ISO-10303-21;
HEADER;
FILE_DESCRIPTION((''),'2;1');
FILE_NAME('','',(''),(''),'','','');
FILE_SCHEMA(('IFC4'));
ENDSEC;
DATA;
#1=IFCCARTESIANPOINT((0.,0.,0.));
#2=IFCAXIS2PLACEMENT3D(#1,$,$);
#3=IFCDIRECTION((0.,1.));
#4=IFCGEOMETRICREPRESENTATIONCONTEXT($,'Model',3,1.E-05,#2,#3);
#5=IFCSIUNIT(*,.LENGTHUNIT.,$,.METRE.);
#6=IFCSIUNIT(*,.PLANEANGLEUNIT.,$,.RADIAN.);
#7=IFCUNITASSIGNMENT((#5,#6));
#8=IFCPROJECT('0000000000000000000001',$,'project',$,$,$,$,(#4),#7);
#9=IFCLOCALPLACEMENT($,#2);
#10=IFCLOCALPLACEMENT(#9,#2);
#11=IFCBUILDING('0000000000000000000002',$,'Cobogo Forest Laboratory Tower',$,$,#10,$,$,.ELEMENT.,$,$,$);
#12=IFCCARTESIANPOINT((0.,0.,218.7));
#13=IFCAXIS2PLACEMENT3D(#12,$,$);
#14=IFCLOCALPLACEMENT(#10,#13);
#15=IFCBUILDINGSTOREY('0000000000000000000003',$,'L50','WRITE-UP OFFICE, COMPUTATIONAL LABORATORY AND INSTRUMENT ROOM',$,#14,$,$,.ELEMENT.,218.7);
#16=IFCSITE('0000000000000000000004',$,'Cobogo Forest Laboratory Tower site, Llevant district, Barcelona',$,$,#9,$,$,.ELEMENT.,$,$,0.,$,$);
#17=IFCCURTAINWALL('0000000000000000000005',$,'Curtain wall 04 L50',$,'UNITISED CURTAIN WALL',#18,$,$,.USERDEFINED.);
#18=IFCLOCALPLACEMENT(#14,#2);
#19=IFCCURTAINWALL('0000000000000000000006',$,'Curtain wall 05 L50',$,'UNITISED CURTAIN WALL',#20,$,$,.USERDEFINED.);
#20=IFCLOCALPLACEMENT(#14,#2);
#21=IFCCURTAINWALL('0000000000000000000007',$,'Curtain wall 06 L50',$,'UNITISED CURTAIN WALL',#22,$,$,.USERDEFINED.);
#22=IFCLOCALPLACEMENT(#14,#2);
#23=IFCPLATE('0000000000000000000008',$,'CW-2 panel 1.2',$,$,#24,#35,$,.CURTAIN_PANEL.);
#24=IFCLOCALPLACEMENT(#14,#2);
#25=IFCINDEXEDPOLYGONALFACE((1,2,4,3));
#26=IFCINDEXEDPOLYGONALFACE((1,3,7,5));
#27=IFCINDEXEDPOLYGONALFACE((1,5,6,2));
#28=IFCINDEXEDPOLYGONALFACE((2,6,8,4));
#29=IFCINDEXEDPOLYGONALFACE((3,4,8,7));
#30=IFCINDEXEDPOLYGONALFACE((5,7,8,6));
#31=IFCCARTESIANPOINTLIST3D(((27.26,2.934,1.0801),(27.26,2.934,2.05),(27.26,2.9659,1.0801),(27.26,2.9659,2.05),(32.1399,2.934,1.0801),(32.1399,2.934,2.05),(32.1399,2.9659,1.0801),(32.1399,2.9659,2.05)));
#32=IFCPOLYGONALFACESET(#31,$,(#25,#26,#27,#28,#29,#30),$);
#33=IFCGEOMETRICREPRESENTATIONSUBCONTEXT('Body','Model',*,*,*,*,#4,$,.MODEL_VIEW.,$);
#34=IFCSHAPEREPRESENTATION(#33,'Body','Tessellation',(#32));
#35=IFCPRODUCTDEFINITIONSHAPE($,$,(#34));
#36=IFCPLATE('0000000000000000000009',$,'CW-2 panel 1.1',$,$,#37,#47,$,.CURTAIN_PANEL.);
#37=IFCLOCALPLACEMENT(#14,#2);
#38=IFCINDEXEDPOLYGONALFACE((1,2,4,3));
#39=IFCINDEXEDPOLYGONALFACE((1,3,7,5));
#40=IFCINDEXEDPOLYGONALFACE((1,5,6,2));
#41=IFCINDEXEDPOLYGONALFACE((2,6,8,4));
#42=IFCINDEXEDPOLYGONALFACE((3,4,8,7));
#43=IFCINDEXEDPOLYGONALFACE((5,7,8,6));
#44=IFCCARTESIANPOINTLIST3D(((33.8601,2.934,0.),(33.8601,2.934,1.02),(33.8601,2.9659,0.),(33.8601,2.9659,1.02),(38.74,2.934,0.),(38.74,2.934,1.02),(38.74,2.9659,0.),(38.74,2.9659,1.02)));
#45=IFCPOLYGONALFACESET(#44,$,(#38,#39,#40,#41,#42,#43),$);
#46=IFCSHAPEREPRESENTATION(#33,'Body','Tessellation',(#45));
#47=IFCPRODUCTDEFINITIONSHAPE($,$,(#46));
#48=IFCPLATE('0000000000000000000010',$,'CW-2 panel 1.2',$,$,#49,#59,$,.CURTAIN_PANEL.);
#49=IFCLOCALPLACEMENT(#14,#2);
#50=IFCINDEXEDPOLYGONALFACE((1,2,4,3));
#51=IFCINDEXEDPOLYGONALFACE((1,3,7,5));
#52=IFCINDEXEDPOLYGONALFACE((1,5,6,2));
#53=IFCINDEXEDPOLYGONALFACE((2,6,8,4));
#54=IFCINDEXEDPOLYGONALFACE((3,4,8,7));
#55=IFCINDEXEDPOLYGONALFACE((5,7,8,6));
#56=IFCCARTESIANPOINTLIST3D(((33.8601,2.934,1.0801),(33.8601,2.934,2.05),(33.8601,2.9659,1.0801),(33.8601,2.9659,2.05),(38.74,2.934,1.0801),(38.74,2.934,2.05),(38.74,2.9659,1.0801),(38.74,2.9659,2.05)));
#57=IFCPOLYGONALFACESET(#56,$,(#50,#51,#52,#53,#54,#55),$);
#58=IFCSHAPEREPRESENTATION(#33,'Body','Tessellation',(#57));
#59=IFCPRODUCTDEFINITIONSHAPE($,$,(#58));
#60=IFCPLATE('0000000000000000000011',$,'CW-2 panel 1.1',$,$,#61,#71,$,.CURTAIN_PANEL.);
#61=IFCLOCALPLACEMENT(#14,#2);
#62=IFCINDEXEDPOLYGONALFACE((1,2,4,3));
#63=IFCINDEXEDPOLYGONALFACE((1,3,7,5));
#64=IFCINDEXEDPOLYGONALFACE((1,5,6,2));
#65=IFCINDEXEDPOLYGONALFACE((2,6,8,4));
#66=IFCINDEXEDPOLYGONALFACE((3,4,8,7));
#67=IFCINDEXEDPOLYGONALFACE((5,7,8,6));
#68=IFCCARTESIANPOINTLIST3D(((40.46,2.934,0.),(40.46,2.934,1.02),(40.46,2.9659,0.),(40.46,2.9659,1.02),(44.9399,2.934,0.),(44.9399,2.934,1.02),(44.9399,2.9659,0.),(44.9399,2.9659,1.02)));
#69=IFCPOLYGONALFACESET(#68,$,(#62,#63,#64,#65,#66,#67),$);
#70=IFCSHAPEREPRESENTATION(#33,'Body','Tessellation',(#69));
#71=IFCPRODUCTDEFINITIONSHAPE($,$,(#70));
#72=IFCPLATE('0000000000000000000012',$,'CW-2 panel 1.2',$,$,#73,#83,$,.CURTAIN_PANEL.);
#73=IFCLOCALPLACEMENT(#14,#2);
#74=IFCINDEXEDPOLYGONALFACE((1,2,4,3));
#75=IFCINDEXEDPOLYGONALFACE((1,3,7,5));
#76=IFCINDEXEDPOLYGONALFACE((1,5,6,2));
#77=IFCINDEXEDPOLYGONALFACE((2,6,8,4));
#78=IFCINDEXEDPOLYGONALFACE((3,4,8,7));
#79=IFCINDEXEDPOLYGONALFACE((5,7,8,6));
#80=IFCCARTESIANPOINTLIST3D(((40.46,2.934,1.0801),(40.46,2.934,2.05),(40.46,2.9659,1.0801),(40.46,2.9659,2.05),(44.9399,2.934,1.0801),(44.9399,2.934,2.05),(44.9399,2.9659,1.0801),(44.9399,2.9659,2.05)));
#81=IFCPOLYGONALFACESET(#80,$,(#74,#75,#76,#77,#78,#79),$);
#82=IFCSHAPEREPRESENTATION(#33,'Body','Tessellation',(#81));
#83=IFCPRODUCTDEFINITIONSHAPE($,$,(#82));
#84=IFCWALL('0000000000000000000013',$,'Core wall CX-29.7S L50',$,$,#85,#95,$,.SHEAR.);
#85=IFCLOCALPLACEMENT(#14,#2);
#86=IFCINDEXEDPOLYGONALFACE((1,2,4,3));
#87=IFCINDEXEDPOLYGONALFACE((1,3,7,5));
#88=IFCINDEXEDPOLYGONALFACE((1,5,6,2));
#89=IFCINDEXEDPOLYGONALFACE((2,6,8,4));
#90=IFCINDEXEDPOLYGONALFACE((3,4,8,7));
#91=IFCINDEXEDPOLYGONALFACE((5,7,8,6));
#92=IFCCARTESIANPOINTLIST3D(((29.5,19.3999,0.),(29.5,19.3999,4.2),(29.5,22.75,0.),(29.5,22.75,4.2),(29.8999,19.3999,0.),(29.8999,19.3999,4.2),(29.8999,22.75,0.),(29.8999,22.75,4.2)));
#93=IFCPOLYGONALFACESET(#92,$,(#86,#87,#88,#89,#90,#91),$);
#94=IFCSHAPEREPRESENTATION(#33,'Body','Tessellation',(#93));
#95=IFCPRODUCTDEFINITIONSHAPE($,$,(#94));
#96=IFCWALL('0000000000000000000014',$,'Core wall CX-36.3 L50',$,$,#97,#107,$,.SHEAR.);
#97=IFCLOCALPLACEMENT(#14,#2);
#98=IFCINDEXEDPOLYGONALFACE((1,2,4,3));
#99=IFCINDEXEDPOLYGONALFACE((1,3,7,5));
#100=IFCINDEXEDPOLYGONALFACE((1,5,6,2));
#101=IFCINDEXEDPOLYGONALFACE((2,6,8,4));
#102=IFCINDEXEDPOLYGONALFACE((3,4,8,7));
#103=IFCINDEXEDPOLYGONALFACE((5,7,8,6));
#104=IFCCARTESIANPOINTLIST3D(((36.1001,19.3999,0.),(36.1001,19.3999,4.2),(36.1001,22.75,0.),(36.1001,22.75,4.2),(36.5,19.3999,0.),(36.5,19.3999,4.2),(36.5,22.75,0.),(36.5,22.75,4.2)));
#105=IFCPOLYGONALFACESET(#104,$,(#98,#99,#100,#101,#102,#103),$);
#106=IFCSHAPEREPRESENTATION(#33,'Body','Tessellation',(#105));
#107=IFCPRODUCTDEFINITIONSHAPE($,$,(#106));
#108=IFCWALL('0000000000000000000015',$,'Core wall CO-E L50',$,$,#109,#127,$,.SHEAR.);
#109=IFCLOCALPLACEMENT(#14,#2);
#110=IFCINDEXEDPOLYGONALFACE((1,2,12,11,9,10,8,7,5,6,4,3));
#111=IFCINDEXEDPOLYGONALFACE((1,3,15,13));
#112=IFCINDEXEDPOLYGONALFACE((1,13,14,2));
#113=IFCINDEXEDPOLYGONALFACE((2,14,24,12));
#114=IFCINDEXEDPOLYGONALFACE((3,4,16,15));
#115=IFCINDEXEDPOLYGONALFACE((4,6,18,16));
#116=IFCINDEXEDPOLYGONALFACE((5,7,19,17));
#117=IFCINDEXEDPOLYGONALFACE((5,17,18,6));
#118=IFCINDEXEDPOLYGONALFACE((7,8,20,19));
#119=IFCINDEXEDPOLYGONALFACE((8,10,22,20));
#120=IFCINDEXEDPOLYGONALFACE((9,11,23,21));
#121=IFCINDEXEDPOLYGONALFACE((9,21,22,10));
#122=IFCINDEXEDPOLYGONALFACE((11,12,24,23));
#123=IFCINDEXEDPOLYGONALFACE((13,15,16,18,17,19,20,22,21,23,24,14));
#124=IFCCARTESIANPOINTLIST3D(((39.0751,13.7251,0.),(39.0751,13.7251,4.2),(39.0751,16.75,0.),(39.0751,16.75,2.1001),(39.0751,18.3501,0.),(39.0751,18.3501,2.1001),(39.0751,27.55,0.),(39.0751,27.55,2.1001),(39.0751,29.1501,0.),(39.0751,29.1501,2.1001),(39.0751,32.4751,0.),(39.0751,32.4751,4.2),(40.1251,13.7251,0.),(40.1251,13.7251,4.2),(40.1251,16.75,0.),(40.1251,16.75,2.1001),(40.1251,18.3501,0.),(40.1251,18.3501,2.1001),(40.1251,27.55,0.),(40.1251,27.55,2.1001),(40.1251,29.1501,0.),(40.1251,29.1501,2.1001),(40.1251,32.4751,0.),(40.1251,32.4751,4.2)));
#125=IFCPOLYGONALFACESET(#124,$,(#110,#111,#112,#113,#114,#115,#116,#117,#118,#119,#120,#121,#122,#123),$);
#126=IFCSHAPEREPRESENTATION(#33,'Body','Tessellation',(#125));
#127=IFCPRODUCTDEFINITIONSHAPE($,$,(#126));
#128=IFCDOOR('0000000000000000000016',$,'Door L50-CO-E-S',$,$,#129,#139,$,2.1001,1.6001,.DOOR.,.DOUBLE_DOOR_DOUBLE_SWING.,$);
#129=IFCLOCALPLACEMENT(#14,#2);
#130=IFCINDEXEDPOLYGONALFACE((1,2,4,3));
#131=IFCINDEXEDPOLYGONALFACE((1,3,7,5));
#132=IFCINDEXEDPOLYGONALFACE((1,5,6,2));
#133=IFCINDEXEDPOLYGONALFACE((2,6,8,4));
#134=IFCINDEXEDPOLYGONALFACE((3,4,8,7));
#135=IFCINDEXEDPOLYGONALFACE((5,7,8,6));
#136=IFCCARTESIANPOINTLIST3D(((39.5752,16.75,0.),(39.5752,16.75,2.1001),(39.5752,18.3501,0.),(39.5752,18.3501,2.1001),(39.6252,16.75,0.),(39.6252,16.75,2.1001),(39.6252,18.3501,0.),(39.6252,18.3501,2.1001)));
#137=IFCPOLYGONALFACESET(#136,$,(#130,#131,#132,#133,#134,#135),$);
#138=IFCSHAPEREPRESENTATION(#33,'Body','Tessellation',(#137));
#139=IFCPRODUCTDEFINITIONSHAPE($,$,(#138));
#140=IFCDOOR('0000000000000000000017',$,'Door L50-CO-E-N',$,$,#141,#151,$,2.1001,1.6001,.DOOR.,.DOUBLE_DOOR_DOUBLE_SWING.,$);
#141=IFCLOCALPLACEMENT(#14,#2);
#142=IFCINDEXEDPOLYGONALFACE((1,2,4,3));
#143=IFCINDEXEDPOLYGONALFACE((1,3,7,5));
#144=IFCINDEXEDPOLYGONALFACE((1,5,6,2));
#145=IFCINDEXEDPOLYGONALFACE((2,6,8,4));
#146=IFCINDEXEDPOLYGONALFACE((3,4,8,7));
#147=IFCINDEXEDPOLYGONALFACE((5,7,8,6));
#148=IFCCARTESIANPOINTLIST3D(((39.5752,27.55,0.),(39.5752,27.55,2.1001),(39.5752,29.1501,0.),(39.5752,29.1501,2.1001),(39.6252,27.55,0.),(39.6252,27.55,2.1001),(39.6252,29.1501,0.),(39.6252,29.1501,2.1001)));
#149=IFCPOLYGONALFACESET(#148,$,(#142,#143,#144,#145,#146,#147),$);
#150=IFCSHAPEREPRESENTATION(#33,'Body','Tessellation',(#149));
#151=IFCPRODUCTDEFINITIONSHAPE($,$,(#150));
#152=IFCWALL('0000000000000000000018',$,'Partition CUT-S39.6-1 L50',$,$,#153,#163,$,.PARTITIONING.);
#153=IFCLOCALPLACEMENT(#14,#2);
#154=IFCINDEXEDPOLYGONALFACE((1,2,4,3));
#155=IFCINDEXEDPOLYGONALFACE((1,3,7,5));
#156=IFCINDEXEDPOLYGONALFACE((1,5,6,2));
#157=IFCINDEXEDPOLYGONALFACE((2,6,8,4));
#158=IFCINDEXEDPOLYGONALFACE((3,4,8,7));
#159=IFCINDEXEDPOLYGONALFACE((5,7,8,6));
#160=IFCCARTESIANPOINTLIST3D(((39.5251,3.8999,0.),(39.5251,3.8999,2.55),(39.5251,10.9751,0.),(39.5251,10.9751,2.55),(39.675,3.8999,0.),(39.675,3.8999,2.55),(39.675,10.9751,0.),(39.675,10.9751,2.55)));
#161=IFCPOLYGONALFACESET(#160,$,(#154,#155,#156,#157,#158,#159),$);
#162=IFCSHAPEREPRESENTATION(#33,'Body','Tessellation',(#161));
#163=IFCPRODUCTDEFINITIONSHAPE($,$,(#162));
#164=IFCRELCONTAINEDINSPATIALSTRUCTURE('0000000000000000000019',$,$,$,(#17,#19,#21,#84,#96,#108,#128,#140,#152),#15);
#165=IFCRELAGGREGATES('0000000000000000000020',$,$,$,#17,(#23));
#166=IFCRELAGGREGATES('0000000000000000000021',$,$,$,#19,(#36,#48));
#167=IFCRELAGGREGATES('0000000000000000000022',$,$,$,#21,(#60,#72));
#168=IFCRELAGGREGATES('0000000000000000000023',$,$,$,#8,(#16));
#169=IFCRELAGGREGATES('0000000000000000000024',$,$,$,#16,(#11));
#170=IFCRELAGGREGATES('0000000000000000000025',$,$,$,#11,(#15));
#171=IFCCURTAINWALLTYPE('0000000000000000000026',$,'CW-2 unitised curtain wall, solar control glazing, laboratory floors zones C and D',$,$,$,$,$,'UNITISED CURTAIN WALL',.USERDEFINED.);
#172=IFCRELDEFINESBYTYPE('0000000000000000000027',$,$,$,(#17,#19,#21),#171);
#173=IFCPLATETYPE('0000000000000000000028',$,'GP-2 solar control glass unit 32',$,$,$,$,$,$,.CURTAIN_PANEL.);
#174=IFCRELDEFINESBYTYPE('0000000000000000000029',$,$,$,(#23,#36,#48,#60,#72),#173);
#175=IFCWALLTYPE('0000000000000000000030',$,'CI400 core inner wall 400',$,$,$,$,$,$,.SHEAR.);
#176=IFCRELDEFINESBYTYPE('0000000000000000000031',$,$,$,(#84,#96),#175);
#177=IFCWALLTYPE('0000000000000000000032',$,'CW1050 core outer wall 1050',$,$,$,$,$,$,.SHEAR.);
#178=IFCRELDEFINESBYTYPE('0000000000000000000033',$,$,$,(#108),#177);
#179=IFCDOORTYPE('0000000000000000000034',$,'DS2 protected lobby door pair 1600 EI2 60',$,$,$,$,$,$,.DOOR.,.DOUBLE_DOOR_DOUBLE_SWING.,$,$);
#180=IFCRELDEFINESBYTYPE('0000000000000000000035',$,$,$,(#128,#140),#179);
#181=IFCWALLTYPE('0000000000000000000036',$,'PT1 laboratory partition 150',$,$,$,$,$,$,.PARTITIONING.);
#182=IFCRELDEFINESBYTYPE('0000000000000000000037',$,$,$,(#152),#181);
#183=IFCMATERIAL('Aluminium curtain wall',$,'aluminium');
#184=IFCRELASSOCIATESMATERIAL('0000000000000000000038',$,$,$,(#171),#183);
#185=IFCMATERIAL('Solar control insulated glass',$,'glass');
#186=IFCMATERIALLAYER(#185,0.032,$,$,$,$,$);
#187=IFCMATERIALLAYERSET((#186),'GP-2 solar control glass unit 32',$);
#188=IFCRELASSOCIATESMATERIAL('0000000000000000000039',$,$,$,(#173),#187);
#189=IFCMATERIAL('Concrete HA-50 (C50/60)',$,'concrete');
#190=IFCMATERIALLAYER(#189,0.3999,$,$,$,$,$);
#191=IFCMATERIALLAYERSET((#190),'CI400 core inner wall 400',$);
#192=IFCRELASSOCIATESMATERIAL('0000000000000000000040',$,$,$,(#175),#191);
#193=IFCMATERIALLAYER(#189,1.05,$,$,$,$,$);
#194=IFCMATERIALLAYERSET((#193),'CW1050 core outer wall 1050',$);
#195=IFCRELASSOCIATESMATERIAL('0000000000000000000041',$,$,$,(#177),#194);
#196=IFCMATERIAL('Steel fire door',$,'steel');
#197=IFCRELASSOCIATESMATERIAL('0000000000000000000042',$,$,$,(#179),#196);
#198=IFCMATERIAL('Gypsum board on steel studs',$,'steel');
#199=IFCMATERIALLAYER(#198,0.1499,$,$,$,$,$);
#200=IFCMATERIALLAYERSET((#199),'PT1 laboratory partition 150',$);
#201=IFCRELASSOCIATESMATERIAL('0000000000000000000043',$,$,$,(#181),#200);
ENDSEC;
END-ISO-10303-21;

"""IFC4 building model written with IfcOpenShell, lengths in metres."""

from ifc_helpers import new_model, si_unit, direction, frame, frame_2d, origin, origin_2d, place, context, subcontext, project, spatial, rectangle, extrude, material, layer, layer_set, type_object, element, fill, aggregate, save


model = new_model("IFC4")

# Units and contexts
model_context = context("Model", 3, precision=1e-05, world=origin(), true_north=direction((0.0, 1.0)))
body_context = subcontext(model_context, "Body", "Model", "MODEL_VIEW")
ifc_project = project(units=[si_unit("LENGTHUNIT", "METRE"), si_unit("PLANEANGLEUNIT", "RADIAN")], contexts=[model_context])

# Site, building, storey
site_placement = place(None, origin())
site = spatial("IfcSite", under=ifc_project, at=site_placement, Name="Cobogo Forest Laboratory Tower site, Llevant district, Barcelona", CompositionType="ELEMENT", RefElevation=0.0)
building_placement = place(site_placement, origin())
building = spatial("IfcBuilding", under=site, at=building_placement, Name="Cobogo Forest Laboratory Tower", CompositionType="ELEMENT")
storey_placement = place(building_placement, frame((0.0, 0.0, 218.7)))
storey = spatial("IfcBuildingStorey", under=building, at=storey_placement, Name="L50", Description="WRITE-UP OFFICE, COMPUTATIONAL LABORATORY AND INSTRUMENT ROOM", CompositionType="ELEMENT", Elevation=218.7)

# Shared definitions
ifc_material_1 = material(Name="Concrete HA-50 (C50/60)", Category="concrete")

# Curtain wall
ifc_material_2 = material(Name="Aluminium curtain wall", Category="aluminium")
curtain_wall_type = type_object("IfcCurtainWallType", Name="CW-2 unitised curtain wall, solar control glazing, laboratory floors zones C and D", ElementType="UNITISED CURTAIN WALL", PredefinedType="USERDEFINED", material=ifc_material_2)
curtain_wall_1_placement = place(storey_placement, origin())
curtain_wall_1 = element("IfcCurtainWall", 1, at=curtain_wall_1_placement, inside=storey, type_object=curtain_wall_type, Name="Curtain wall 04 L50", ObjectType="UNITISED CURTAIN WALL", PredefinedType="USERDEFINED")

# Curtain wall
curtain_wall_2_placement = place(storey_placement, origin())
curtain_wall_2 = element("IfcCurtainWall", 2, at=curtain_wall_2_placement, inside=storey, type_object=curtain_wall_type, Name="Curtain wall 05 L50", ObjectType="UNITISED CURTAIN WALL", PredefinedType="USERDEFINED")

# Curtain wall
curtain_wall_3_placement = place(storey_placement, origin())
curtain_wall_3 = element("IfcCurtainWall", 3, at=curtain_wall_3_placement, inside=storey, type_object=curtain_wall_type, Name="Curtain wall 06 L50", ObjectType="UNITISED CURTAIN WALL", PredefinedType="USERDEFINED")

# Plates
ifc_material_3 = material(Name="Solar control insulated glass", Category="glass")
ifc_layer_1 = layer(ifc_material_3, 0.032)
ifc_layer_set_1 = layer_set([ifc_layer_1], Name="GP-2 solar control glass unit 32")
plate_type_1 = type_object("IfcPlateType", Name="GP-2 solar control glass unit 32", PredefinedType="CURTAIN_PANEL", material=ifc_layer_set_1)
plate_1_placement = place(storey_placement, frame((29.7, 2.95, 1.0801), z_axis=(0.0, 0.0, 1.0), x_axis=(1.0, 0.0, 0.0)))
plate_1 = element("IfcPlate", 4, at=plate_1_placement, type_object=plate_type_1, Name="CW-2 panel 1.2", PredefinedType="CURTAIN_PANEL", context=body_context, shape_type="SweptSolid", body=[
    extrude(rectangle(XDim=4.8799, YDim=0.032, at=origin_2d()), origin(), (0.0, 0.0, 1.0), 0.97),
])
aggregate(curtain_wall_1, [plate_1])
plate_2_placement = place(storey_placement, frame((36.3, 2.95, 0.0), z_axis=(0.0, 0.0, 1.0), x_axis=(1.0, 0.0, 0.0)))
plate_2 = element("IfcPlate", 5, at=plate_2_placement, type_object=plate_type_1, Name="CW-2 panel 1.1", PredefinedType="CURTAIN_PANEL", context=body_context, shape_type="SweptSolid", body=[
    extrude(rectangle(XDim=4.8799, YDim=0.032, at=origin_2d()), origin(), (0.0, 0.0, 1.0), 1.02),
])
plate_3_placement = place(storey_placement, frame((36.3, 2.95, 1.0801), z_axis=(0.0, 0.0, 1.0), x_axis=(1.0, 0.0, 0.0)))
plate_3 = element("IfcPlate", 6, at=plate_3_placement, type_object=plate_type_1, Name="CW-2 panel 1.2", PredefinedType="CURTAIN_PANEL", context=body_context, shape_type="SweptSolid", body=[
    extrude(rectangle(XDim=4.8799, YDim=0.032, at=origin_2d()), origin(), (0.0, 0.0, 1.0), 0.97),
])
aggregate(curtain_wall_2, [plate_2, plate_3])
plate_4_placement = place(storey_placement, frame((42.7, 2.95, 0.0), z_axis=(0.0, 0.0, 1.0), x_axis=(1.0, 0.0, 0.0)))
plate_4 = element("IfcPlate", 7, at=plate_4_placement, type_object=plate_type_1, Name="CW-2 panel 1.1", PredefinedType="CURTAIN_PANEL", context=body_context, shape_type="SweptSolid", body=[
    extrude(rectangle(XDim=4.48, YDim=0.032, at=origin_2d()), origin(), (0.0, 0.0, 1.0), 1.02),
])
plate_5_placement = place(storey_placement, frame((42.7, 2.95, 1.0801), z_axis=(0.0, 0.0, 1.0), x_axis=(1.0, 0.0, 0.0)))
plate_5 = element("IfcPlate", 8, at=plate_5_placement, type_object=plate_type_1, Name="CW-2 panel 1.2", PredefinedType="CURTAIN_PANEL", context=body_context, shape_type="SweptSolid", body=[
    extrude(rectangle(XDim=4.48, YDim=0.032, at=origin_2d()), origin(), (0.0, 0.0, 1.0), 0.97),
])
aggregate(curtain_wall_3, [plate_4, plate_5])

# Walls
ifc_layer_2 = layer(ifc_material_1, 0.3999)
ifc_layer_set_2 = layer_set([ifc_layer_2], Name="CI400 core inner wall 400")
wall_type_1 = type_object("IfcWallType", Name="CI400 core inner wall 400", PredefinedType="SHEAR", material=ifc_layer_set_2)
for number, where, z_axis, x_axis, name in (
    (9, (29.7, 19.3999, 0.0), (0.0, 0.0, 1.0), (0.0, 1.0, 0.0), "Core wall CX-29.7S L50"),
    (10, (36.3, 19.3999, 0.0), (0.0, 0.0, 1.0), (0.0, 1.0, 0.0), "Core wall CX-36.3 L50"),
):
    element("IfcWall", number, at=place(storey_placement, frame(where, z_axis=z_axis, x_axis=x_axis)), inside=storey, type_object=wall_type_1, Name=name, PredefinedType="SHEAR", context=body_context, shape_type="SweptSolid", body=[
        extrude(rectangle(XDim=3.3501, YDim=0.3999, at=frame_2d((1.675, 0.0))), origin(), (0.0, 0.0, 1.0), 4.2),
    ])

# Wall, openings, doors
ifc_layer_3 = layer(ifc_material_1, 1.05)
ifc_layer_set_3 = layer_set([ifc_layer_3], Name="CW1050 core outer wall 1050")
wall_type_2 = type_object("IfcWallType", Name="CW1050 core outer wall 1050", PredefinedType="SHEAR", material=ifc_layer_set_3)
wall_1_placement = place(storey_placement, frame((39.6001, 13.7251, 0.0), z_axis=(0.0, 0.0, 1.0), x_axis=(0.0, 1.0, 0.0)))
wall_1 = element("IfcWall", 11, at=wall_1_placement, inside=storey, type_object=wall_type_2, Name="Core wall CO-E L50", PredefinedType="SHEAR", context=body_context, shape_type="SweptSolid", body=[
    extrude(rectangle(XDim=18.75, YDim=1.05, at=frame_2d((9.375, 0.0))), origin(), (0.0, 0.0, 1.0), 4.2),
])
opening_1_placement = place(wall_1_placement, frame((3.0249, 0.0, 0.0)))
opening_1 = element("IfcOpeningElement", 12, at=opening_1_placement, cuts=wall_1, PredefinedType="OPENING", context=body_context, shape_type="SweptSolid", body=[
    extrude(rectangle(XDim=1.6001, YDim=2.1001, at=frame_2d((0.8, 1.05))), frame((0.0, 0.5349, 0.0), z_axis=(0.0, -1.0, 0.0), x_axis=(1.0, 0.0, 0.0)), (0.0, 0.0, 1.0), 1.0701),
])
opening_2_placement = place(wall_1_placement, frame((13.825, 0.0, 0.0)))
opening_2 = element("IfcOpeningElement", 13, at=opening_2_placement, cuts=wall_1, PredefinedType="OPENING", context=body_context, shape_type="SweptSolid", body=[
    extrude(rectangle(XDim=1.6001, YDim=2.1001, at=frame_2d((0.8, 1.05))), frame((0.0, 0.5349, 0.0), z_axis=(0.0, -1.0, 0.0), x_axis=(1.0, 0.0, 0.0)), (0.0, 0.0, 1.0), 1.0701),
])
ifc_material_4 = material(Name="Steel fire door", Category="steel")
door_type_1 = type_object("IfcDoorType", Name="DS2 protected lobby door pair 1600 EI2 60", OperationType="DOUBLE_DOOR_DOUBLE_SWING", PredefinedType="DOOR", material=ifc_material_4)
door_1_placement = place(opening_1_placement, origin())
door_1 = element("IfcDoor", 14, at=door_1_placement, inside=storey, type_object=door_type_1, Name="Door L50-CO-E-S", OperationType="DOUBLE_DOOR_DOUBLE_SWING", OverallHeight=2.1001, OverallWidth=1.6001, PredefinedType="DOOR", context=body_context, shape_type="SweptSolid", body=[
    extrude(rectangle(XDim=1.6001, YDim=2.1001, at=frame_2d((0.8, 1.05))), frame((0.0, 0.0249, 0.0), z_axis=(0.0, -1.0, 0.0), x_axis=(1.0, 0.0, 0.0)), (0.0, 0.0, 1.0), 0.05),
])
fill(opening_1, door_1)
door_2_placement = place(opening_2_placement, origin())
door_2 = element("IfcDoor", 15, at=door_2_placement, inside=storey, type_object=door_type_1, Name="Door L50-CO-E-N", OperationType="DOUBLE_DOOR_DOUBLE_SWING", OverallHeight=2.1001, OverallWidth=1.6001, PredefinedType="DOOR", context=body_context, shape_type="SweptSolid", body=[
    extrude(rectangle(XDim=1.6001, YDim=2.1001, at=frame_2d((0.8, 1.05))), frame((0.0, 0.0249, 0.0), z_axis=(0.0, -1.0, 0.0), x_axis=(1.0, 0.0, 0.0)), (0.0, 0.0, 1.0), 0.05),
])
fill(opening_2, door_2)

# Wall
ifc_material_5 = material(Name="Gypsum board on steel studs", Category="steel")
ifc_layer_4 = layer(ifc_material_5, 0.1499)
ifc_layer_set_4 = layer_set([ifc_layer_4], Name="PT1 laboratory partition 150")
wall_type_3 = type_object("IfcWallType", Name="PT1 laboratory partition 150", PredefinedType="PARTITIONING", material=ifc_layer_set_4)
wall_2_placement = place(storey_placement, frame((39.6001, 3.8999, 0.0), z_axis=(0.0, 0.0, 1.0), x_axis=(0.0, 1.0, 0.0)))
element("IfcWall", 16, at=wall_2_placement, inside=storey, type_object=wall_type_3, Name="Partition CUT-S39.6-1 L50", PredefinedType="PARTITIONING", context=body_context, shape_type="SweptSolid", body=[
    extrude(rectangle(XDim=7.0752, YDim=0.1499, at=frame_2d((3.5376, 0.0))), origin(), (0.0, 0.0, 1.0), 2.55),
])

save(model, "model.ifc")
